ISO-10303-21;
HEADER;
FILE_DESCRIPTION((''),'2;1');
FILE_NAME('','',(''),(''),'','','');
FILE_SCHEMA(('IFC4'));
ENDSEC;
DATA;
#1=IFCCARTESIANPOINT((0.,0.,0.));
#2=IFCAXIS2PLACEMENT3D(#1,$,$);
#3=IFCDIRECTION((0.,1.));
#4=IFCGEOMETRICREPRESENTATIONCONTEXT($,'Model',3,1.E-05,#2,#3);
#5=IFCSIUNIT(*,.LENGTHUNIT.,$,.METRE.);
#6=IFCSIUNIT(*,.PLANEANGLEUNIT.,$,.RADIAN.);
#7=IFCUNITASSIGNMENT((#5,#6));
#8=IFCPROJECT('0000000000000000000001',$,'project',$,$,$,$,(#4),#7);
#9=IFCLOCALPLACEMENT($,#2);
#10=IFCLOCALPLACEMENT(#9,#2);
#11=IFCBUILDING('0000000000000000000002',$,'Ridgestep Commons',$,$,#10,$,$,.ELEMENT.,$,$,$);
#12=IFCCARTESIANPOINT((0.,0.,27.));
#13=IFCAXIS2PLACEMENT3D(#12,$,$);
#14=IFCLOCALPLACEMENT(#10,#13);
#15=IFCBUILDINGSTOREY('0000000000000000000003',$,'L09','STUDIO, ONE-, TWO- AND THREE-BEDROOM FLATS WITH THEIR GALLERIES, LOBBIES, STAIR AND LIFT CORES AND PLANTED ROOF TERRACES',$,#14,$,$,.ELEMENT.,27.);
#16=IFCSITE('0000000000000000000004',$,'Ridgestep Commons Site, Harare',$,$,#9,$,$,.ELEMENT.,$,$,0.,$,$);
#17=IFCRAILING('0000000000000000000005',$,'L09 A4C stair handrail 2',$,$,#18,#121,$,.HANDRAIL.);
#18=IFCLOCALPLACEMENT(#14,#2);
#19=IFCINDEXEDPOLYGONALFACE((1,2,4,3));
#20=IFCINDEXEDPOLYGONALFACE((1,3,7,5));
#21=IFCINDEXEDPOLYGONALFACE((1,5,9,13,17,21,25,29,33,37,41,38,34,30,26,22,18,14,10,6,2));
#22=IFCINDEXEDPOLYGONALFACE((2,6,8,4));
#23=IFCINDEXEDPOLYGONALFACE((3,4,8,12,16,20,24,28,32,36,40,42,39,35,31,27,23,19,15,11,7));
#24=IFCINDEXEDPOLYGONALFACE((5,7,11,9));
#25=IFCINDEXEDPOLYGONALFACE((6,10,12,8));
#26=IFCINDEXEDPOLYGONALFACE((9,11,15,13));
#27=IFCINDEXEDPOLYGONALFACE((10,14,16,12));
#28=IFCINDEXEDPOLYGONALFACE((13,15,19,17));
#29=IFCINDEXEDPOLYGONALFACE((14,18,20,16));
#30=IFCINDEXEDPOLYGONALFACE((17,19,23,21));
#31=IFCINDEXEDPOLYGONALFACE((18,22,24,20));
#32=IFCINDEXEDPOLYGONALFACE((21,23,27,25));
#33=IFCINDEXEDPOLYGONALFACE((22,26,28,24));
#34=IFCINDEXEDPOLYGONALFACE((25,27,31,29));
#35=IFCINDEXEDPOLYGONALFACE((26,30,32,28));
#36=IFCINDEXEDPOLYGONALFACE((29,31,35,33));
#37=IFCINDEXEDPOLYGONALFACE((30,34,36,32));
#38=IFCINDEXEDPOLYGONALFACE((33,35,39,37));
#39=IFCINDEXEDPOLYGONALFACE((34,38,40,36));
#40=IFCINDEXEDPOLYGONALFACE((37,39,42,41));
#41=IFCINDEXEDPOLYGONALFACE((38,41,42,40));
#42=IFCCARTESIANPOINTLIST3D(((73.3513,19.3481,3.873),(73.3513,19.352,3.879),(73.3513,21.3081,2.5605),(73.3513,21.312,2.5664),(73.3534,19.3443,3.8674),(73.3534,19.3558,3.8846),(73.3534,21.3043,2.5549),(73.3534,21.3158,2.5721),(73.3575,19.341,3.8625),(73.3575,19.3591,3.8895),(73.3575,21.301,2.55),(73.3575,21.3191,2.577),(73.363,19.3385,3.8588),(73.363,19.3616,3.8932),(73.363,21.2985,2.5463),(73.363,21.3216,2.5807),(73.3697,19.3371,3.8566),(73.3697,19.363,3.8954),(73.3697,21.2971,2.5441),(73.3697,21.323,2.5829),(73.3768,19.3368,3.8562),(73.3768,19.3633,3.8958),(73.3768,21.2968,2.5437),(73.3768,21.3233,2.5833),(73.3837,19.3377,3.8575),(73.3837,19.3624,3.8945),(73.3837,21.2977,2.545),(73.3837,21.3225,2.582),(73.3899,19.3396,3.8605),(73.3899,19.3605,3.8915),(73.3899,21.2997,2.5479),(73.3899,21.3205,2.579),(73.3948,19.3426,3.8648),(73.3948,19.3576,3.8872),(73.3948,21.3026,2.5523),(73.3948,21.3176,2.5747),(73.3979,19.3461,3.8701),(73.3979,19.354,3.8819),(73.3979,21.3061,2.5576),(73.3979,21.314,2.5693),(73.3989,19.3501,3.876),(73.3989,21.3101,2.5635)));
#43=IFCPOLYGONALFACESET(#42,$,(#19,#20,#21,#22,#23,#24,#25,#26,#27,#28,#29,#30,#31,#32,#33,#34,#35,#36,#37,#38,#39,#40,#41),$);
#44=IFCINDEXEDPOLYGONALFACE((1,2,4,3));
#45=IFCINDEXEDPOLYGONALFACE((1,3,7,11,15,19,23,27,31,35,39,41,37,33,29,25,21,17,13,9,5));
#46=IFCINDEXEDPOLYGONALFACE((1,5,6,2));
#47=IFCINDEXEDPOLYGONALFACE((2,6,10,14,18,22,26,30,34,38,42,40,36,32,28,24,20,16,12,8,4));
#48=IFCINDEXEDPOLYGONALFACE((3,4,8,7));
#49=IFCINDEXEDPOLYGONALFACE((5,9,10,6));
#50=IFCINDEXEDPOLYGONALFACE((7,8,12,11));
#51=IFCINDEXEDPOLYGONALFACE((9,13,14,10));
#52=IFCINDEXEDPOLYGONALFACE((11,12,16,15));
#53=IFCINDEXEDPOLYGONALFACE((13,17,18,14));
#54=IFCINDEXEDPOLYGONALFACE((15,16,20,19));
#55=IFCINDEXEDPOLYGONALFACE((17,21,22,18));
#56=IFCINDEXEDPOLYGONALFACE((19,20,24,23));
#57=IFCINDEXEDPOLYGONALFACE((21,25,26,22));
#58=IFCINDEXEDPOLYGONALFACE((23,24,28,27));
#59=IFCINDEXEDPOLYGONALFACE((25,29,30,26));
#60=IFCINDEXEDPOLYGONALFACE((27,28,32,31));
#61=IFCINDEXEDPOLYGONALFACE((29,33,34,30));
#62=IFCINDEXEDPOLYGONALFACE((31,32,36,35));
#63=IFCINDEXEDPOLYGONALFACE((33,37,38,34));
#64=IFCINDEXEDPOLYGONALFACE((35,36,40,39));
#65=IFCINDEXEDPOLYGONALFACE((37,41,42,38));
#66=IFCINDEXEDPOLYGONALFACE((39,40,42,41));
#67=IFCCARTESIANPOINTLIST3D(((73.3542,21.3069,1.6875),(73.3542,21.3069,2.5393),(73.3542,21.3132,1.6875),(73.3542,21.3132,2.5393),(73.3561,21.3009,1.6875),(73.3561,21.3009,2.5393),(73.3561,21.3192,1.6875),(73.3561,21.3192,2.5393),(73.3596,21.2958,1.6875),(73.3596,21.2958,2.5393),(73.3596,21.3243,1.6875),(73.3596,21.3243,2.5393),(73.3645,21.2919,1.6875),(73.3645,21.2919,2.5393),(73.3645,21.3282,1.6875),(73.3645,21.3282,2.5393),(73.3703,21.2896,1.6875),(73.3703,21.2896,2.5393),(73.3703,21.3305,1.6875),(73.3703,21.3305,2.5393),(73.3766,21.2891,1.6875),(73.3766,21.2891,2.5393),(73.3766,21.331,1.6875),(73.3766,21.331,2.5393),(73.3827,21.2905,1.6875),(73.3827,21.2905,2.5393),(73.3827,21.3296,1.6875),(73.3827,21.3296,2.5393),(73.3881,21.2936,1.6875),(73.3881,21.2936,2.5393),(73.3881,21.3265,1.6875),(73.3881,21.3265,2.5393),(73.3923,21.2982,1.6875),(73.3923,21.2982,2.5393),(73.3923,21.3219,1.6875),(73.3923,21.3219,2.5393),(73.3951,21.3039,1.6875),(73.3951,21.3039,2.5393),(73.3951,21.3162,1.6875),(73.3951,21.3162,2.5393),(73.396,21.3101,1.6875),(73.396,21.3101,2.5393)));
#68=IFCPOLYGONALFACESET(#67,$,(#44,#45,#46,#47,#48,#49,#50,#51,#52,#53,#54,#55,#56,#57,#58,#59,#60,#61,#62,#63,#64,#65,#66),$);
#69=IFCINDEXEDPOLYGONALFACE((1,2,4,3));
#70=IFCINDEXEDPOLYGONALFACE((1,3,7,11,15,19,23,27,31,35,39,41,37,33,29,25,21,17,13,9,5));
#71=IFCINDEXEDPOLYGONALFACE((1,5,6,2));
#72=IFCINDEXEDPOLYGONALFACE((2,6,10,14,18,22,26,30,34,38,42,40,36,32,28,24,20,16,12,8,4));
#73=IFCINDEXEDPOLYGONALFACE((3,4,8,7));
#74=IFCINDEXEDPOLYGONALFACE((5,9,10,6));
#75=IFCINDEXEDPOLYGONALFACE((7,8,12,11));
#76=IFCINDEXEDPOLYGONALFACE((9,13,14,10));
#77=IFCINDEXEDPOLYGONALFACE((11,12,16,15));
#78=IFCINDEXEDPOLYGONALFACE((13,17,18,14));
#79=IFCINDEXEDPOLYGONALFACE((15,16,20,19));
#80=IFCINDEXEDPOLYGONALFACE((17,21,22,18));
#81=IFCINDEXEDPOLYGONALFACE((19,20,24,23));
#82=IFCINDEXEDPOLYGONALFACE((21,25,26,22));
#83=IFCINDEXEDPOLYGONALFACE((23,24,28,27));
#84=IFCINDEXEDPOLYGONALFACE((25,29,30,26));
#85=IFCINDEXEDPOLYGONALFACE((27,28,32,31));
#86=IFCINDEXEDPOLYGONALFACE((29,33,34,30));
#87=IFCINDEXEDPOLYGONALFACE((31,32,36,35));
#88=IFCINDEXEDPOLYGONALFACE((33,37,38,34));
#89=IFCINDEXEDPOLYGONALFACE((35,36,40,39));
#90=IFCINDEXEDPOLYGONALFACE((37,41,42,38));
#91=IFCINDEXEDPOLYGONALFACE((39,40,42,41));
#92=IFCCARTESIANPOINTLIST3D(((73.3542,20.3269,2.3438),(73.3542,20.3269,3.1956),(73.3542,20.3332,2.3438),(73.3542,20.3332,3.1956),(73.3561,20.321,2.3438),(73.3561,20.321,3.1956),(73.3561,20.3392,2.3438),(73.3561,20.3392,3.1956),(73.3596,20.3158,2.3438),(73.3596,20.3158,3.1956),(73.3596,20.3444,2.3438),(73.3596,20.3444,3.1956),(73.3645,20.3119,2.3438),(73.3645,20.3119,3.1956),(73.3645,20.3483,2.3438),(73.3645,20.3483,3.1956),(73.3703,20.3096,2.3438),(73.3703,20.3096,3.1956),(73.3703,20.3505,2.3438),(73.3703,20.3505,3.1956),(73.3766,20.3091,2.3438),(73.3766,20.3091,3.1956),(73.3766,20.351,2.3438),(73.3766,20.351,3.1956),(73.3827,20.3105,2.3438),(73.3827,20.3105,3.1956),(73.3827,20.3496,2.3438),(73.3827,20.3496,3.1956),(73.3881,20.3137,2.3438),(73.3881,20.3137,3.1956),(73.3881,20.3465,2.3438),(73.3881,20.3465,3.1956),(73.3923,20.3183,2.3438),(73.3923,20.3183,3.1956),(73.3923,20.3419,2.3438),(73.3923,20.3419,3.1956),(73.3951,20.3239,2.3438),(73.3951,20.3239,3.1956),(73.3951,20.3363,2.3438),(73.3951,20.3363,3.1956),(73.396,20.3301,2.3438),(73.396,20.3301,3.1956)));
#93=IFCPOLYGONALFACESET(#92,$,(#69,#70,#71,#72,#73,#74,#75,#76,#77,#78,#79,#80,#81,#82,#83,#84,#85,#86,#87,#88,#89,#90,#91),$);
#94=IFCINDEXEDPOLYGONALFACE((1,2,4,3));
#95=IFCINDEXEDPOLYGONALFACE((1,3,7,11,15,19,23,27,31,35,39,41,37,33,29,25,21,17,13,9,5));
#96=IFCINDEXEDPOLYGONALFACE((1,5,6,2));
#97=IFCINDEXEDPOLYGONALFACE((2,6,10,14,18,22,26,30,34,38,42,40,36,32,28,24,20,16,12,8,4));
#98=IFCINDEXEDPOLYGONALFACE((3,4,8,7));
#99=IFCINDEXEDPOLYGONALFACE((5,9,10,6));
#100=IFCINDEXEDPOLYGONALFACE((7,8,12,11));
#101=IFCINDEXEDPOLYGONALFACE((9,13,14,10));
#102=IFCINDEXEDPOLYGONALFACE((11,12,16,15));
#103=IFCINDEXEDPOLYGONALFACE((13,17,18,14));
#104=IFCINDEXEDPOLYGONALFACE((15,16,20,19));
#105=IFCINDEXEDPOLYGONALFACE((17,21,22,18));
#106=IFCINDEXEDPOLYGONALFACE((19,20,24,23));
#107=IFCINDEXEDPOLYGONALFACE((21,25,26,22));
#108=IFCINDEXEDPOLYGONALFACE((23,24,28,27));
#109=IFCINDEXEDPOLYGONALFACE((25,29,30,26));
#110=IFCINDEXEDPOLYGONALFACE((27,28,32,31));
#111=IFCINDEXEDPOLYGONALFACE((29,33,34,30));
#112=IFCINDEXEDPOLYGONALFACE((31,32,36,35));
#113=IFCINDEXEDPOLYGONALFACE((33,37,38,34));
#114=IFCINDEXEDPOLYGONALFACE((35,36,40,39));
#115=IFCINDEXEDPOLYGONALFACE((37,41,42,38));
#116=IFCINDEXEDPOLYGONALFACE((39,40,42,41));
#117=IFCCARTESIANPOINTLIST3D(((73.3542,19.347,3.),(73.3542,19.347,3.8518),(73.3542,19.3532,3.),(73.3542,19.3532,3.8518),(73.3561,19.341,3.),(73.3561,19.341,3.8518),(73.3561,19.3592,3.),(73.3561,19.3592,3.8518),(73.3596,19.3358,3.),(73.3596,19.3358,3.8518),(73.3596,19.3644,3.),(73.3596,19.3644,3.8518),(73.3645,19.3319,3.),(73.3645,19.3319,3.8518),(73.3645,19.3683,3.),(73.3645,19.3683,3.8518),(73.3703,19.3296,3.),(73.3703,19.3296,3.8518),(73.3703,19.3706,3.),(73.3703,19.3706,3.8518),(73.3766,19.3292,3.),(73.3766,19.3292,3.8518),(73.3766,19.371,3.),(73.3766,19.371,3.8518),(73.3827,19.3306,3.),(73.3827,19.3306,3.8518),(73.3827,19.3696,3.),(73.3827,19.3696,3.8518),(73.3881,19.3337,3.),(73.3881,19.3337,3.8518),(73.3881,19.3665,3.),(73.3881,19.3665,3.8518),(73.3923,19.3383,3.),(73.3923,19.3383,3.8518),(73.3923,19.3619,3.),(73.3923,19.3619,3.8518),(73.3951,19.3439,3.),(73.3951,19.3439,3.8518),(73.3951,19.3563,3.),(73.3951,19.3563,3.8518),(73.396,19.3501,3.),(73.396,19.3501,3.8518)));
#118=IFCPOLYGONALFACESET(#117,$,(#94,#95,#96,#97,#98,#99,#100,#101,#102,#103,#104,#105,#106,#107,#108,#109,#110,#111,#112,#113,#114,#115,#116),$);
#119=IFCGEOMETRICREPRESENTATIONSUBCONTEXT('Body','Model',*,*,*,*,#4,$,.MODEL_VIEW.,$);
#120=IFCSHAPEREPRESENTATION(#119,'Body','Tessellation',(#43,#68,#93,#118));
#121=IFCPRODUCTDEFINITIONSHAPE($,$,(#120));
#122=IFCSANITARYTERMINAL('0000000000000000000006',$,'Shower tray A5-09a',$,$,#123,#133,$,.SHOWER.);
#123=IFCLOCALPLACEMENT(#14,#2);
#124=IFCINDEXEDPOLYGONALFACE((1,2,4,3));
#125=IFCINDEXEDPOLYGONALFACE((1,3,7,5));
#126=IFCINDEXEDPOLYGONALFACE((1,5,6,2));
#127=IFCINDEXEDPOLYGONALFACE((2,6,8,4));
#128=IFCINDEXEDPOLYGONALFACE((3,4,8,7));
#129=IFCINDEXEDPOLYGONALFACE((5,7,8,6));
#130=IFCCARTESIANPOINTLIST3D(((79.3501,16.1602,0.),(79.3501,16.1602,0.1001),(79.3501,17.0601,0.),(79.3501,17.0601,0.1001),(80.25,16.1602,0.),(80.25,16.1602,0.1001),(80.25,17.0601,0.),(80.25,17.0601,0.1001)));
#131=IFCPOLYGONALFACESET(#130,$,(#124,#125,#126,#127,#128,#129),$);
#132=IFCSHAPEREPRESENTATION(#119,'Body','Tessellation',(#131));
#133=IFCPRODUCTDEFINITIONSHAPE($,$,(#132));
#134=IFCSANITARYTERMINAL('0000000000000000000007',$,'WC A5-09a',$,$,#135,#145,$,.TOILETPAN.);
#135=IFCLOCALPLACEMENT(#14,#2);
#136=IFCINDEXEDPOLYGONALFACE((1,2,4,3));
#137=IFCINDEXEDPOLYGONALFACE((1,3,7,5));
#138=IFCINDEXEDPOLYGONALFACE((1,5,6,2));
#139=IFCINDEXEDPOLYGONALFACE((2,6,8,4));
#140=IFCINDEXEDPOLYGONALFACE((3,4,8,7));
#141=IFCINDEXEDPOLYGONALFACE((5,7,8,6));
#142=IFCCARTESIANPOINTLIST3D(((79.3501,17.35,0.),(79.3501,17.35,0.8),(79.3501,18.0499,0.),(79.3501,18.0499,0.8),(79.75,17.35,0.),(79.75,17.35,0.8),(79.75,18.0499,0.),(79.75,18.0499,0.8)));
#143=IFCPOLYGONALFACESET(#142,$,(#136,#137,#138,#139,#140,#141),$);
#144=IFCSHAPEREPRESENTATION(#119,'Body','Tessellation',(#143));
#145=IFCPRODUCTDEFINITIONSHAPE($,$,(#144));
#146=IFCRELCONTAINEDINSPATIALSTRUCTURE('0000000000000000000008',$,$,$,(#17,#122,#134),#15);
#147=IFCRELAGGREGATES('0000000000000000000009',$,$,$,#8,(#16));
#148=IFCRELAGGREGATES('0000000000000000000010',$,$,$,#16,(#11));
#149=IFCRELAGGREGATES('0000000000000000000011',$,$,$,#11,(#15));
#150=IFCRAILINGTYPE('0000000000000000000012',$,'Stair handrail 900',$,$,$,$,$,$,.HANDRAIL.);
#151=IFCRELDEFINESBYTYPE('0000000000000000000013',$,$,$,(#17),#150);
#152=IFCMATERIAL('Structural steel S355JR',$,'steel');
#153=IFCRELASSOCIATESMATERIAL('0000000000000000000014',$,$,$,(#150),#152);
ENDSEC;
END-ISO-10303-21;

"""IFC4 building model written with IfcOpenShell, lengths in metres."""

from ifc_helpers import new_model, si_unit, direction, frame, origin, origin_2d, place, context, subcontext, project, spatial, rectangle, circle, extrude, material, type_object, element, save


model = new_model("IFC4")

# Units and contexts
model_context = context("Model", 3, precision=1e-05, world=origin(), true_north=direction((0.0, 1.0)))
body_context = subcontext(model_context, "Body", "Model", "MODEL_VIEW")
ifc_project = project(units=[si_unit("LENGTHUNIT", "METRE"), si_unit("PLANEANGLEUNIT", "RADIAN")], contexts=[model_context])

# Site, building, storey
site_placement = place(None, origin())
site = spatial("IfcSite", under=ifc_project, at=site_placement, Name="Ridgestep Commons Site, Harare", CompositionType="ELEMENT", RefElevation=0.0)
building_placement = place(site_placement, origin())
building = spatial("IfcBuilding", under=site, at=building_placement, Name="Ridgestep Commons", CompositionType="ELEMENT")
storey_placement = place(building_placement, frame((0.0, 0.0, 27.0)))
storey = spatial("IfcBuildingStorey", under=building, at=storey_placement, Name="L09", Description="STUDIO, ONE-, TWO- AND THREE-BEDROOM FLATS WITH THEIR GALLERIES, LOBBIES, STAIR AND LIFT CORES AND PLANTED ROOF TERRACES", CompositionType="ELEMENT", Elevation=27.0)

# Railing
ifc_material_1 = material(Name="Structural steel S355JR", Category="steel")
railing_type_1 = type_object("IfcRailingType", Name="Stair handrail 900", PredefinedType="HANDRAIL", material=ifc_material_1)
railing_1_placement = place(storey_placement, frame((73.375, 21.3101, 1.6875)))
element("IfcRailing", 1, at=railing_1_placement, inside=storey, type_object=railing_type_1, Name="L09 A4C stair handrail 2", PredefinedType="HANDRAIL", context=body_context, shape_type="SweptSolid", body=[
    extrude(circle(Radius=0.0239, at=origin_2d()), frame((0.0, 0.0, 0.876), z_axis=(0.0, -0.830902, 0.556419), x_axis=(1.0, 0.0, 0.0)), (0.0, 0.0, 1.0), 2.3589),
    extrude(circle(Radius=0.021, at=origin_2d()), origin(), (0.0, 0.0, 1.0), 0.8518),
    extrude(circle(Radius=0.021, at=origin_2d()), frame((0.0, -0.98, 0.6562)), (0.0, 0.0, 1.0), 0.8518),
    extrude(circle(Radius=0.021, at=origin_2d()), frame((0.0, -1.96, 1.3125)), (0.0, 0.0, 1.0), 0.8518),
])

# Sanitary terminals
sanitary_terminal_1_placement = place(storey_placement, frame((79.8, 16.6101, 0.0), z_axis=(0.0, 0.0, 1.0), x_axis=(1.0, 0.0, 0.0)))
element("IfcSanitaryTerminal", 2, at=sanitary_terminal_1_placement, inside=storey, Name="Shower tray A5-09a", PredefinedType="SHOWER", context=body_context, shape_type="SweptSolid", body=[
    extrude(rectangle(XDim=0.8999, YDim=0.8999, at=origin_2d()), origin(), (0.0, 0.0, 1.0), 0.1001),
])
sanitary_terminal_2_placement = place(storey_placement, frame((79.55, 17.7, 0.0), z_axis=(0.0, 0.0, 1.0), x_axis=(1.0, 0.0, 0.0)))
element("IfcSanitaryTerminal", 3, at=sanitary_terminal_2_placement, inside=storey, Name="WC A5-09a", PredefinedType="TOILETPAN", context=body_context, shape_type="SweptSolid", body=[
    extrude(rectangle(XDim=0.3999, YDim=0.7, at=origin_2d()), origin(), (0.0, 0.0, 1.0), 0.8),
])

save(model, "model.ifc")
